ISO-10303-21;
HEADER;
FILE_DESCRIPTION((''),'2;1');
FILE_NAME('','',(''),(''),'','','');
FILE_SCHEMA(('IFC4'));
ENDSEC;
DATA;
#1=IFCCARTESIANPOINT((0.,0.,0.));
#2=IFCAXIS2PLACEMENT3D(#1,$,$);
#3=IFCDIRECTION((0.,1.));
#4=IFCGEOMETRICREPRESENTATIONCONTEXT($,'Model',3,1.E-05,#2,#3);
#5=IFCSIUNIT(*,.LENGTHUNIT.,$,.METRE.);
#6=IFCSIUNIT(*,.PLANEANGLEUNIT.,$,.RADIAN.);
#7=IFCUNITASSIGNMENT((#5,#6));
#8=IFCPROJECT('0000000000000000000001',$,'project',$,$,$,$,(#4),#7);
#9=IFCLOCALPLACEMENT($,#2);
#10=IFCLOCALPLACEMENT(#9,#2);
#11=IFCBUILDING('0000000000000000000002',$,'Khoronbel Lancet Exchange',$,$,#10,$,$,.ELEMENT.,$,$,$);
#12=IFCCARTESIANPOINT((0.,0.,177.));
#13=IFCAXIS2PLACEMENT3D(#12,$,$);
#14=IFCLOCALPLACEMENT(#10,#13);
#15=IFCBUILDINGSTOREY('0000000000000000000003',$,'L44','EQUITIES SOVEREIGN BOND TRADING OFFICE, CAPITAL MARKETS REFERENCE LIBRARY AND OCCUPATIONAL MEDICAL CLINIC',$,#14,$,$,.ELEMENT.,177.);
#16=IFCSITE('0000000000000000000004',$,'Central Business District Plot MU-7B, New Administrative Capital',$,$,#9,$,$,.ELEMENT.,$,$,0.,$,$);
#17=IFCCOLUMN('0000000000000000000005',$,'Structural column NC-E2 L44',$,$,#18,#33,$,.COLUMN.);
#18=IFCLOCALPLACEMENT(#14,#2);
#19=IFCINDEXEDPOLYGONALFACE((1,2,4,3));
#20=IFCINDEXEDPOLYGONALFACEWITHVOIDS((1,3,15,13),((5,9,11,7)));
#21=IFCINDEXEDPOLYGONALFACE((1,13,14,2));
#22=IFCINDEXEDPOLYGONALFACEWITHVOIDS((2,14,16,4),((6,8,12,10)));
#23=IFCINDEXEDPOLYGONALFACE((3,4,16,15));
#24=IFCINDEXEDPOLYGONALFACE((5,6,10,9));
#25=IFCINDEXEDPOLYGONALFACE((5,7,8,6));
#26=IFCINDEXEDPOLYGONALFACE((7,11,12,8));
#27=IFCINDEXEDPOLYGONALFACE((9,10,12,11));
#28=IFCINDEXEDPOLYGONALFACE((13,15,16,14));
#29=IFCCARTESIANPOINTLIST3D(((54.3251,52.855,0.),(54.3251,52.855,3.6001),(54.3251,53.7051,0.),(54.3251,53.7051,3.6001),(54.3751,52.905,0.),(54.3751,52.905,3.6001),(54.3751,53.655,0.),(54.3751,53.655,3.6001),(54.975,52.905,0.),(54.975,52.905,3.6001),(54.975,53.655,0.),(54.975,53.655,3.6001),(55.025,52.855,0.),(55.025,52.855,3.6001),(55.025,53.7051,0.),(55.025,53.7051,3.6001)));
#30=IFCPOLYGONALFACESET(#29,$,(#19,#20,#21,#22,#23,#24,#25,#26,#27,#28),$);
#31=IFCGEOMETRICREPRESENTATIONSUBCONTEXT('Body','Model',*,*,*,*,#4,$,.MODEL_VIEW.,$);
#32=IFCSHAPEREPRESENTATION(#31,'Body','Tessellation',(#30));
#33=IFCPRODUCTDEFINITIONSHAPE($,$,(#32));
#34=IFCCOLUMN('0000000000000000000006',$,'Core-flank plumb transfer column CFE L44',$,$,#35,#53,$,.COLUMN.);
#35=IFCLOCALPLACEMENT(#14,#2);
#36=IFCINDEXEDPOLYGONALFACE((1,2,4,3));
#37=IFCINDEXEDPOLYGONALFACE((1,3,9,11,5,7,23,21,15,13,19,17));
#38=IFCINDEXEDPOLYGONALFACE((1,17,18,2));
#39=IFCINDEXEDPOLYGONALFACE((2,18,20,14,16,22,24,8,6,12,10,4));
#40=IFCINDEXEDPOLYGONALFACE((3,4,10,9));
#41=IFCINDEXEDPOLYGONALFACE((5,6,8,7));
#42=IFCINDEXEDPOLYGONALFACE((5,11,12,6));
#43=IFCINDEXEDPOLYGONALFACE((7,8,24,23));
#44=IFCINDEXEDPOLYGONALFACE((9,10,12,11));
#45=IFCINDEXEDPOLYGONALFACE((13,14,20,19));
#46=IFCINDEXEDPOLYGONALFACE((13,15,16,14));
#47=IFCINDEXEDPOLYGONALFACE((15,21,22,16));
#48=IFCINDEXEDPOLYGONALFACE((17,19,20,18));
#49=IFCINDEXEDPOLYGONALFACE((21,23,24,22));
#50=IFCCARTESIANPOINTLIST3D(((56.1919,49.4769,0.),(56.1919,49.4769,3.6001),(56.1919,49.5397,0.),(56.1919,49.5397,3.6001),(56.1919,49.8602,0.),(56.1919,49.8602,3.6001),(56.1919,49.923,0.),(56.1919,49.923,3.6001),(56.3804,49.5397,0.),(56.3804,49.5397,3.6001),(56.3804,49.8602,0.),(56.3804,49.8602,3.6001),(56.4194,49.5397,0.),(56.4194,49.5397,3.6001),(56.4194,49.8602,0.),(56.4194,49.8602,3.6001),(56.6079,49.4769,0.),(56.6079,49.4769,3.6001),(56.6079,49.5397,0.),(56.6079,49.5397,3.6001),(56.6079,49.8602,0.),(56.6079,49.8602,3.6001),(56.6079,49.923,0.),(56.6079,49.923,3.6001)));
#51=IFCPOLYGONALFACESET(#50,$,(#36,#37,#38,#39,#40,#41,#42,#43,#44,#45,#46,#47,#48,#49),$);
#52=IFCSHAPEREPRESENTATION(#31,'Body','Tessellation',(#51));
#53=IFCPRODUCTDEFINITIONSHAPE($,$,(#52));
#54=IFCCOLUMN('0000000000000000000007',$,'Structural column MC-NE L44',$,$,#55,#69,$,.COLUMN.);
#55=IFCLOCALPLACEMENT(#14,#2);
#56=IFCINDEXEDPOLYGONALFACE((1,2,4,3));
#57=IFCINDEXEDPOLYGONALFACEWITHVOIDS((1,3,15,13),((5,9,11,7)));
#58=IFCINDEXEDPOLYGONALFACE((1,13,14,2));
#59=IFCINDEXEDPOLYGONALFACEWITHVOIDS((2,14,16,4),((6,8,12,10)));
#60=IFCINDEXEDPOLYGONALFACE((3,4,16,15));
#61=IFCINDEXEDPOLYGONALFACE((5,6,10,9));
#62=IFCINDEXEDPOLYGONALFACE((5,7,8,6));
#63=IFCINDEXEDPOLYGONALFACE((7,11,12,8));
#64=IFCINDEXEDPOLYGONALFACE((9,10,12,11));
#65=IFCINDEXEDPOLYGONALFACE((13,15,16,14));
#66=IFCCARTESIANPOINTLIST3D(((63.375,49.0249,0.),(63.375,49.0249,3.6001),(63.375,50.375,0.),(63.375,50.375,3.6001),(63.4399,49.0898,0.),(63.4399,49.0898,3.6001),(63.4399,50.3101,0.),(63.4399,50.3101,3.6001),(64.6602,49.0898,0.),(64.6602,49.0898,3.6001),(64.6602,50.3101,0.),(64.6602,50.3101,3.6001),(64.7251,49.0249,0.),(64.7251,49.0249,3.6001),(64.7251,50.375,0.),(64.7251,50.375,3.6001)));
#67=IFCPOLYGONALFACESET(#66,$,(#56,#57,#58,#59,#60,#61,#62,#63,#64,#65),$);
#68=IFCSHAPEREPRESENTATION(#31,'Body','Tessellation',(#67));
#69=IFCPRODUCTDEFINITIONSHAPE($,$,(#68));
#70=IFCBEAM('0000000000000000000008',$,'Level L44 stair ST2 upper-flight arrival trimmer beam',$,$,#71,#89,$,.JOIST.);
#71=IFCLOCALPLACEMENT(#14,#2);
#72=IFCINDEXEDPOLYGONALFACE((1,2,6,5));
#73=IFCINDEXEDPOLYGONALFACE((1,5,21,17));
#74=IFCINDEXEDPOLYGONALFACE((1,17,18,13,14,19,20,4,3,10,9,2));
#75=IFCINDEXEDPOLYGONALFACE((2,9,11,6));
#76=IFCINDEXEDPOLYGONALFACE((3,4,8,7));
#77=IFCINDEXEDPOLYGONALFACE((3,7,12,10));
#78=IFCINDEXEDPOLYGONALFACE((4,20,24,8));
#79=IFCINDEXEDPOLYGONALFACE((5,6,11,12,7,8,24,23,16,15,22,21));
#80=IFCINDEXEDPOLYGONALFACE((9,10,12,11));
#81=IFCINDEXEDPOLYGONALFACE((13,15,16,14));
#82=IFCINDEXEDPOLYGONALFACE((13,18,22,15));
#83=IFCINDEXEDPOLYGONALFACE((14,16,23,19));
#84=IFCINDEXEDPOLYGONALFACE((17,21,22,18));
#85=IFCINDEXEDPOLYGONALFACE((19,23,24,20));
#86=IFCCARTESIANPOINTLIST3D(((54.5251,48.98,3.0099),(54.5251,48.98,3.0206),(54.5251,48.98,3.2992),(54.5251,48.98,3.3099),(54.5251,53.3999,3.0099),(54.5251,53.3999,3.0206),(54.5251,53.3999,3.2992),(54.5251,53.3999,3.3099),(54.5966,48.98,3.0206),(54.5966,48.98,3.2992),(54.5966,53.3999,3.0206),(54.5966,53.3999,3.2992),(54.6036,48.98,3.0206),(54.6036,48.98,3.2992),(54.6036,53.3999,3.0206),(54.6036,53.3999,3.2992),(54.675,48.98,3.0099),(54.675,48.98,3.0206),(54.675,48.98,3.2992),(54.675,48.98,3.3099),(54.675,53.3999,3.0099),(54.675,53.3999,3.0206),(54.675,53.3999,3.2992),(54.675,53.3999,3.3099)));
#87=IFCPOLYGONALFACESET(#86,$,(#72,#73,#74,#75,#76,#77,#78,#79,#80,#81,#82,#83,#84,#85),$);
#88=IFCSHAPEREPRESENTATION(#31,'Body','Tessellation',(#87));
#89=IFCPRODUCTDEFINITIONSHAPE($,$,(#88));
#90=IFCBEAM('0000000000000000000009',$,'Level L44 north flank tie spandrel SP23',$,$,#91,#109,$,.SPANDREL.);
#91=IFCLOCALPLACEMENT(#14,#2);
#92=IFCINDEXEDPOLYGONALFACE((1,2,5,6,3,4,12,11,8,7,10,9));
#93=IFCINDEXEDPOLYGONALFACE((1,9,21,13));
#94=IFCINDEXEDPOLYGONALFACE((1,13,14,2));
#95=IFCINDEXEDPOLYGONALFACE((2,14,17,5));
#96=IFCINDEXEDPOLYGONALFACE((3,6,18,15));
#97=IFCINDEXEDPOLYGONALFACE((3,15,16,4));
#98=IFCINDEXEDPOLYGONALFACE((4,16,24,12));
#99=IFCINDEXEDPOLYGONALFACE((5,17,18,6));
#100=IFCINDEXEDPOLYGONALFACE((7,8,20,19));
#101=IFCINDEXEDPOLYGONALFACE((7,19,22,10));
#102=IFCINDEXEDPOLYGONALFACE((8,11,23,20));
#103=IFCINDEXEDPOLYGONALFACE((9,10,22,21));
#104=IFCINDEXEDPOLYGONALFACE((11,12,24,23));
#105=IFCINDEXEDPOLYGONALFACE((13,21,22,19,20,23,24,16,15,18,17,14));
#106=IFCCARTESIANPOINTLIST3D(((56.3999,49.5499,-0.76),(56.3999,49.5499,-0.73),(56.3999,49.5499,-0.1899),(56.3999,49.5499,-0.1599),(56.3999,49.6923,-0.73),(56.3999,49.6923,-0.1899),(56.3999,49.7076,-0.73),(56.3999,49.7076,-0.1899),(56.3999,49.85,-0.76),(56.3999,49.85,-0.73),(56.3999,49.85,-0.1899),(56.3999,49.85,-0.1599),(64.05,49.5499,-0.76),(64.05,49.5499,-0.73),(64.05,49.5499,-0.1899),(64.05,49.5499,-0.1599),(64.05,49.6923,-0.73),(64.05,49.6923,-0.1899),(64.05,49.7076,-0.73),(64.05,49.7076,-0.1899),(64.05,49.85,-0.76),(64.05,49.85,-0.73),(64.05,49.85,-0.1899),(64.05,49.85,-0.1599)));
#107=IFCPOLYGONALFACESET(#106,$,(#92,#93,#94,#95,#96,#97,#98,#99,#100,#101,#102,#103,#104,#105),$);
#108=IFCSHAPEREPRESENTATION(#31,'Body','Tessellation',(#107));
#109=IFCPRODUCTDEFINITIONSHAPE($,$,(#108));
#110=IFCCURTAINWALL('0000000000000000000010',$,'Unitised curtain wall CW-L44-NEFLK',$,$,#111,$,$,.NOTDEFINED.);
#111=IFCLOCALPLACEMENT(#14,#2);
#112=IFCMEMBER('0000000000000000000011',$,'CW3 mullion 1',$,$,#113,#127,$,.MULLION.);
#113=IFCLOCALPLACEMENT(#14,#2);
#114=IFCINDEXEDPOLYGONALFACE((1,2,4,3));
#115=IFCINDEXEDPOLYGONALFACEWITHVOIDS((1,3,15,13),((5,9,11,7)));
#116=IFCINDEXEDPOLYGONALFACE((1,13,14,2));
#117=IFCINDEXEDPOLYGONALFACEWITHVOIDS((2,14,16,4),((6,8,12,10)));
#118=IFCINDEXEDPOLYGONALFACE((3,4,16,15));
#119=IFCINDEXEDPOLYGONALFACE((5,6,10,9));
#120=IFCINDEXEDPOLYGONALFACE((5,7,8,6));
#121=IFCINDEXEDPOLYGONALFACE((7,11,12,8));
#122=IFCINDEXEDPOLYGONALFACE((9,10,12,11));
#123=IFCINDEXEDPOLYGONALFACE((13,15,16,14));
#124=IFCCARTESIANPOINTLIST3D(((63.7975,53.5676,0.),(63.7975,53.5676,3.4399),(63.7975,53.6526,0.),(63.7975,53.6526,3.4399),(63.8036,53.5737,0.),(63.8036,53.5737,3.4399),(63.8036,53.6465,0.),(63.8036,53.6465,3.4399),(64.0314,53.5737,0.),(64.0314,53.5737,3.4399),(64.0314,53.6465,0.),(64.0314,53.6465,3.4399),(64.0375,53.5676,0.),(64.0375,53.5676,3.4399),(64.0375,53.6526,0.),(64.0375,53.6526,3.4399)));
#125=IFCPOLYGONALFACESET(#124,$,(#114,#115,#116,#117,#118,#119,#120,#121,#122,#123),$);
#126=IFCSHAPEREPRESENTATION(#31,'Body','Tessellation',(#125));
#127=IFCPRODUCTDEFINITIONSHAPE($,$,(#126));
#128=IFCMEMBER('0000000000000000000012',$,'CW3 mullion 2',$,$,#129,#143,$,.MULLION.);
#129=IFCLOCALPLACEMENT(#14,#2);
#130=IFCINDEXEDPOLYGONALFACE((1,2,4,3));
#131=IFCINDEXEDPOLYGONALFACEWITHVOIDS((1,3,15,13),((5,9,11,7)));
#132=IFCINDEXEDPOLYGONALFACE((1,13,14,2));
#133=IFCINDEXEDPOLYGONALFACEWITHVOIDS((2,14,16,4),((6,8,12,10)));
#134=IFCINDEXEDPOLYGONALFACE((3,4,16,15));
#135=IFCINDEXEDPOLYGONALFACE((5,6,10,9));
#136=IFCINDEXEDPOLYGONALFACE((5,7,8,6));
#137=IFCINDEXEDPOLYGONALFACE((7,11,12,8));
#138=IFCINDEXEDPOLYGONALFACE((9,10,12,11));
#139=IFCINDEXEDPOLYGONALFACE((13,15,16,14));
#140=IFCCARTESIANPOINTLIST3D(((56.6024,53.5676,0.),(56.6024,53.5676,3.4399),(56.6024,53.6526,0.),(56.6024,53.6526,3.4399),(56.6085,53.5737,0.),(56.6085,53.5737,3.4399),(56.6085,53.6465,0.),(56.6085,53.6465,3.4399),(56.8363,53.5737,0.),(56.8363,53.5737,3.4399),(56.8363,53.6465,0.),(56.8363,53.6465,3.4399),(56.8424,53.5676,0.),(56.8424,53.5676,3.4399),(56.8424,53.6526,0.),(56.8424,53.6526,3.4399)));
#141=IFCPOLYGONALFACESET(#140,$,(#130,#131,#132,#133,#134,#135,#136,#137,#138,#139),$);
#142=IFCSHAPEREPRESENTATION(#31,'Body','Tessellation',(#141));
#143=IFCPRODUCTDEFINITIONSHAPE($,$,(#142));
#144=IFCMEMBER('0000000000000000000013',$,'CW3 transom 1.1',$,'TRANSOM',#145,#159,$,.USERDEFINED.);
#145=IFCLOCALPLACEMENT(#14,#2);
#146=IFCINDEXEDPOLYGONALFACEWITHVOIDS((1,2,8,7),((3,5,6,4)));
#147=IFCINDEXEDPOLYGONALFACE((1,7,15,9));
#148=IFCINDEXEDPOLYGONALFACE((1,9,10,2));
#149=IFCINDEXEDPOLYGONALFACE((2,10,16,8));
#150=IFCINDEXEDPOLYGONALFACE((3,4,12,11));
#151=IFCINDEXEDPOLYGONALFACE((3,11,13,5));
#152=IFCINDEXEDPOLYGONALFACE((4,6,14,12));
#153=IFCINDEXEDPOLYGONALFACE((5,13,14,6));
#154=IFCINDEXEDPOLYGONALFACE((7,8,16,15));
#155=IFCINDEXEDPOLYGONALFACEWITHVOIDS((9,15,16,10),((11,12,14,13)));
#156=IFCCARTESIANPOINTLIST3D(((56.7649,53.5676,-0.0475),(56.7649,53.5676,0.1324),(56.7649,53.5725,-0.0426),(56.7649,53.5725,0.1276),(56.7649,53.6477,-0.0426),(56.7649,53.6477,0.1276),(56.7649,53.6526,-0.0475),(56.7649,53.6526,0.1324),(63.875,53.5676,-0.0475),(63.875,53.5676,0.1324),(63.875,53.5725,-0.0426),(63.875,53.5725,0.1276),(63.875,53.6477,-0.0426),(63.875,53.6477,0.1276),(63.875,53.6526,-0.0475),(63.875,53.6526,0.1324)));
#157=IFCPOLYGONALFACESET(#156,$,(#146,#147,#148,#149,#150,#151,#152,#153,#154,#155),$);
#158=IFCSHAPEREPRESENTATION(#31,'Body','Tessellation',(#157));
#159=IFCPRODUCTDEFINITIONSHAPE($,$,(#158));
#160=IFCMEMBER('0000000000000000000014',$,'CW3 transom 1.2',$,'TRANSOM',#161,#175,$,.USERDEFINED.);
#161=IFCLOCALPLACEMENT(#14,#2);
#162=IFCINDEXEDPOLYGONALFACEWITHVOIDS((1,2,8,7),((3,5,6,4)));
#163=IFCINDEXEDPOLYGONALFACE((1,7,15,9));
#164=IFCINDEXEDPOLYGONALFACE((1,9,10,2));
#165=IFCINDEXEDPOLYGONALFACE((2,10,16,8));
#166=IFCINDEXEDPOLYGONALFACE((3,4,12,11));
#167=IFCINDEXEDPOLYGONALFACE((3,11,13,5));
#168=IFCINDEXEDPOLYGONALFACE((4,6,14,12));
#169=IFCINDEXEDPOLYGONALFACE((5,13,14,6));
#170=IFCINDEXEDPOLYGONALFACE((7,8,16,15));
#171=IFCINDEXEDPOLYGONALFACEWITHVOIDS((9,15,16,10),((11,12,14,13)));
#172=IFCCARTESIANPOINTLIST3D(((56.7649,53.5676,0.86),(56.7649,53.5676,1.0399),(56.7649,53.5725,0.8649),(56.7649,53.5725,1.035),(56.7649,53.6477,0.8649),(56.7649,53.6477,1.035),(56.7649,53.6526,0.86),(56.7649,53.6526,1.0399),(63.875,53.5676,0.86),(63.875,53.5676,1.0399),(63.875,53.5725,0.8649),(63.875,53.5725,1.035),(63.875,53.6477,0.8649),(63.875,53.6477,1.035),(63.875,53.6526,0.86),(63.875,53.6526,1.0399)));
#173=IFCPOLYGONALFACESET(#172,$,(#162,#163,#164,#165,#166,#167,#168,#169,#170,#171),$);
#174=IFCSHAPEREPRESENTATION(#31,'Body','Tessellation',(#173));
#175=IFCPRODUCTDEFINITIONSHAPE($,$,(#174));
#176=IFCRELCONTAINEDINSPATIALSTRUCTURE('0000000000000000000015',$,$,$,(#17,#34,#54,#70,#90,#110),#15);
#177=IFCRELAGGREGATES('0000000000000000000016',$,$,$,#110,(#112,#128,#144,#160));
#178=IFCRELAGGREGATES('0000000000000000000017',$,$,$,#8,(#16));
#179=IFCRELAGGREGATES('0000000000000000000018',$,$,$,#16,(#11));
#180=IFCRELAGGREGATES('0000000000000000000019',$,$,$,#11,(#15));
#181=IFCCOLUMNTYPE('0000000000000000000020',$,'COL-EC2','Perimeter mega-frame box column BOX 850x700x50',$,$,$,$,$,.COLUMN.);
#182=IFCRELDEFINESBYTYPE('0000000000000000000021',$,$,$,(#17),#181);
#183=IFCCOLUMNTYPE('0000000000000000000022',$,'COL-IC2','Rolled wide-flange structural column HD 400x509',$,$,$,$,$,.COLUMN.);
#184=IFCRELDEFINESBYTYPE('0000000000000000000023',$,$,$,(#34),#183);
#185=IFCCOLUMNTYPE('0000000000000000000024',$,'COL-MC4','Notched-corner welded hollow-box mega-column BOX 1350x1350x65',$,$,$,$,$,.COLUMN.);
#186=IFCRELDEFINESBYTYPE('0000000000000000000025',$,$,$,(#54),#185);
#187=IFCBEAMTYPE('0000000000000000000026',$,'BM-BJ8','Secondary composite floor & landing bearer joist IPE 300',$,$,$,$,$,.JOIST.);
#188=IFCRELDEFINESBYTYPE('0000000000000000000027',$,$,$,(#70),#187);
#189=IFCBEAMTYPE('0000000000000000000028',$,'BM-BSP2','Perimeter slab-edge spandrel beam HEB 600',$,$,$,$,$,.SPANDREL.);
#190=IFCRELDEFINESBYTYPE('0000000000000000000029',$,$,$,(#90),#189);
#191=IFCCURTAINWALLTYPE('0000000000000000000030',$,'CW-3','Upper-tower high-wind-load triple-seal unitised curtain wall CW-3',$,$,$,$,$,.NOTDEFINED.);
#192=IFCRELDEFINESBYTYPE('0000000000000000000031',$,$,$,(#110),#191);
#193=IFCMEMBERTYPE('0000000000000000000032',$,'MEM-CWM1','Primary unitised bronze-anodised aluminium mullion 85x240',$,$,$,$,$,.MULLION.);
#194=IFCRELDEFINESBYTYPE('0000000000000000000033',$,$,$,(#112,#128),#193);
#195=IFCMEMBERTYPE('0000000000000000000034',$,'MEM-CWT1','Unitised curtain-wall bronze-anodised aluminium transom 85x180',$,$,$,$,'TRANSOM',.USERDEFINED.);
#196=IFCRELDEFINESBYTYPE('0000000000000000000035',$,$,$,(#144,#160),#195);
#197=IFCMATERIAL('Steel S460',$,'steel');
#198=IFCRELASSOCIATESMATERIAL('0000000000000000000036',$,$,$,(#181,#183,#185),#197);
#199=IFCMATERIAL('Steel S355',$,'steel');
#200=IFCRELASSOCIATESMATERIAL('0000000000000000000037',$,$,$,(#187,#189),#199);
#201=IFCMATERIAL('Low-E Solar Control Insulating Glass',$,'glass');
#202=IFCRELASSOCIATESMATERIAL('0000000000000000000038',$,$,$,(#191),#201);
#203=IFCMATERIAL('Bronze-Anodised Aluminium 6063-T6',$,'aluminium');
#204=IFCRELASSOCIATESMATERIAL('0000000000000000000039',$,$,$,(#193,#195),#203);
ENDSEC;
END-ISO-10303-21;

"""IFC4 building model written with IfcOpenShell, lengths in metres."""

from ifc_helpers import new_model, si_unit, direction, frame, origin, origin_2d, place, context, subcontext, project, spatial, hollow_rectangle, i_section, extrude, material, material_profile, profile_set, type_object, element, aggregate, save


model = new_model("IFC4")

# Units and contexts
model_context = context("Model", 3, precision=1e-05, world=origin(), true_north=direction((0.0, 1.0)))
body_context = subcontext(model_context, "Body", "Model", "MODEL_VIEW")
ifc_project = project(units=[si_unit("LENGTHUNIT", "METRE"), si_unit("PLANEANGLEUNIT", "RADIAN")], contexts=[model_context])

# Site, building, storey
site_placement = place(None, origin())
site = spatial("IfcSite", under=ifc_project, at=site_placement, Name="Central Business District Plot MU-7B, New Administrative Capital", CompositionType="ELEMENT", RefElevation=0.0)
building_placement = place(site_placement, origin())
building = spatial("IfcBuilding", under=site, at=building_placement, Name="Khoronbel Lancet Exchange", CompositionType="ELEMENT")
storey_placement = place(building_placement, frame((0.0, 0.0, 177.0)))
storey = spatial("IfcBuildingStorey", under=building, at=storey_placement, Name="L44", Description="EQUITIES SOVEREIGN BOND TRADING OFFICE, CAPITAL MARKETS REFERENCE LIBRARY AND OCCUPATIONAL MEDICAL CLINIC", CompositionType="ELEMENT", Elevation=177.0)

# Columns
ifc_material_1 = material(Name="Steel S460", Category="steel")
ifc_material_profile_1 = material_profile(ifc_material_1, hollow_rectangle(XDim=0.7, YDim=0.8501, WallThickness=0.05, at=origin_2d()), Name="BOX 850x700x50")
ifc_profile_set_1 = profile_set([ifc_material_profile_1], Name="Steel S460")
column_type_1 = type_object("IfcColumnType", Name="COL-EC2", Description="Perimeter mega-frame box column BOX 850x700x50", PredefinedType="COLUMN", material=ifc_profile_set_1)
column_1_placement = place(storey_placement, frame((54.675, 53.28, 0.0), z_axis=(0.0, 0.0, 1.0), x_axis=(1.0, 0.0, 0.0)))
element("IfcColumn", 1, at=column_1_placement, inside=storey, type_object=column_type_1, Name="Structural column NC-E2 L44", PredefinedType="COLUMN", context=body_context, shape_type="SweptSolid", body=[
    extrude(hollow_rectangle(XDim=0.7, YDim=0.8501, WallThickness=0.05, at=origin_2d()), origin(), (0.0, 0.0, 1.0), 3.6001),
])
ifc_material_profile_2 = material_profile(ifc_material_1, i_section(OverallWidth=0.416, OverallDepth=0.446, WebThickness=0.0391, FlangeThickness=0.0627, at=origin_2d()), Name="HD 400x509")
ifc_profile_set_2 = profile_set([ifc_material_profile_2], Name="Steel S460")
column_type_2 = type_object("IfcColumnType", Name="COL-IC2", Description="Rolled wide-flange structural column HD 400x509", PredefinedType="COLUMN", material=ifc_profile_set_2)
column_2_placement = place(storey_placement, frame((56.3999, 49.7, 0.0), z_axis=(0.0, 0.0, 1.0), x_axis=(1.0, 0.0, 0.0)))
element("IfcColumn", 2, at=column_2_placement, inside=storey, type_object=column_type_2, Name="Core-flank plumb transfer column CFE L44", PredefinedType="COLUMN", context=body_context, shape_type="SweptSolid", body=[
    extrude(i_section(OverallWidth=0.416, OverallDepth=0.446, WebThickness=0.0391, FlangeThickness=0.0627, at=origin_2d()), origin(), (0.0, 0.0, 1.0), 3.6001),
])
ifc_material_profile_3 = material_profile(ifc_material_1, hollow_rectangle(XDim=1.3501, YDim=1.3501, WallThickness=0.0649, at=origin_2d()), Name="BOX 1350x1350x65")
ifc_profile_set_3 = profile_set([ifc_material_profile_3], Name="Steel S460")
column_type_3 = type_object("IfcColumnType", Name="COL-MC4", Description="Notched-corner welded hollow-box mega-column BOX 1350x1350x65", PredefinedType="COLUMN", material=ifc_profile_set_3)
column_3_placement = place(storey_placement, frame((64.05, 49.7, 0.0), z_axis=(0.0, 0.0, 1.0), x_axis=(1.0, 0.0, 0.0)))
element("IfcColumn", 3, at=column_3_placement, inside=storey, type_object=column_type_3, Name="Structural column MC-NE L44", PredefinedType="COLUMN", context=body_context, shape_type="SweptSolid", body=[
    extrude(hollow_rectangle(XDim=1.3501, YDim=1.3501, WallThickness=0.0649, at=origin_2d()), origin(), (0.0, 0.0, 1.0), 3.6001),
])

# Beams
ifc_material_2 = material(Name="Steel S355", Category="steel")
ifc_material_profile_4 = material_profile(ifc_material_2, i_section(OverallWidth=0.1499, OverallDepth=0.3, WebThickness=0.0071, FlangeThickness=0.0107, at=origin_2d()), Name="IPE 300")
ifc_profile_set_4 = profile_set([ifc_material_profile_4], Name="Steel S355")
beam_type_1 = type_object("IfcBeamType", Name="BM-BJ8", Description="Secondary composite floor & landing bearer joist IPE 300", PredefinedType="JOIST", material=ifc_profile_set_4)
beam_1_placement = place(storey_placement, frame((54.6001, 48.98, 3.1599), z_axis=(0.0, 1.0, 0.0), x_axis=(-1.0, 0.0, 0.0)))
element("IfcBeam", 4, at=beam_1_placement, inside=storey, type_object=beam_type_1, Name="Level L44 stair ST2 upper-flight arrival trimmer beam", PredefinedType="JOIST", context=body_context, shape_type="SweptSolid", body=[
    extrude(i_section(OverallWidth=0.1499, OverallDepth=0.3, WebThickness=0.0071, FlangeThickness=0.0107, at=origin_2d()), origin(), (0.0, 0.0, 1.0), 4.4199),
])
ifc_material_profile_5 = material_profile(ifc_material_2, i_section(OverallWidth=0.3, OverallDepth=0.6001, WebThickness=0.0154, FlangeThickness=0.03, at=origin_2d()), Name="HEB 600")
ifc_profile_set_5 = profile_set([ifc_material_profile_5], Name="Steel S355")
beam_type_2 = type_object("IfcBeamType", Name="BM-BSP2", Description="Perimeter slab-edge spandrel beam HEB 600", PredefinedType="SPANDREL", material=ifc_profile_set_5)
beam_2_placement = place(storey_placement, frame((64.05, 49.7, -0.46), z_axis=(-1.0, 0.0, 0.0), x_axis=(0.0, -1.0, 0.0)))
element("IfcBeam", 5, at=beam_2_placement, inside=storey, type_object=beam_type_2, Name="Level L44 north flank tie spandrel SP23", PredefinedType="SPANDREL", context=body_context, shape_type="SweptSolid", body=[
    extrude(i_section(OverallWidth=0.3, OverallDepth=0.6001, WebThickness=0.0154, FlangeThickness=0.03, at=origin_2d()), origin(), (0.0, 0.0, 1.0), 7.6501),
])

# Curtain wall, members
ifc_material_3 = material(Name="Low-E Solar Control Insulating Glass", Category="glass")
curtain_wall_type = type_object("IfcCurtainWallType", Name="CW-3", Description="Upper-tower high-wind-load triple-seal unitised curtain wall CW-3", PredefinedType="NOTDEFINED", material=ifc_material_3)
curtain_wall_placement = place(storey_placement, origin())
curtain_wall = element("IfcCurtainWall", 6, at=curtain_wall_placement, inside=storey, type_object=curtain_wall_type, Name="Unitised curtain wall CW-L44-NEFLK", PredefinedType="NOTDEFINED")
ifc_material_4 = material(Name="Bronze-Anodised Aluminium 6063-T6", Category="aluminium")
ifc_material_profile_6 = material_profile(ifc_material_4, hollow_rectangle(XDim=0.085, YDim=0.24, WallThickness=0.0061, at=origin_2d()), Name="ALU MULLION 85x240")
ifc_profile_set_6 = profile_set([ifc_material_profile_6], Name="Bronze-Anodised Aluminium 6063-T6")
member_type_1 = type_object("IfcMemberType", Name="MEM-CWM1", Description="Primary unitised bronze-anodised aluminium mullion 85x240", PredefinedType="MULLION", material=ifc_profile_set_6)
member_1_placement = place(storey_placement, frame((63.9175, 53.6101, 0.0), z_axis=(0.0, 0.0, 1.0), x_axis=(0.0, -1.0, 0.0)))
member_1 = element("IfcMember", 7, at=member_1_placement, type_object=member_type_1, Name="CW3 mullion 1", PredefinedType="MULLION", context=body_context, shape_type="SweptSolid", body=[
    extrude(hollow_rectangle(XDim=0.085, YDim=0.24, WallThickness=0.0061, at=origin_2d()), origin(), (0.0, 0.0, 1.0), 3.4399),
])
member_2_placement = place(storey_placement, frame((56.7224, 53.6101, 0.0), z_axis=(0.0, 0.0, 1.0), x_axis=(0.0, -1.0, 0.0)))
member_2 = element("IfcMember", 8, at=member_2_placement, type_object=member_type_1, Name="CW3 mullion 2", PredefinedType="MULLION", context=body_context, shape_type="SweptSolid", body=[
    extrude(hollow_rectangle(XDim=0.085, YDim=0.24, WallThickness=0.0061, at=origin_2d()), origin(), (0.0, 0.0, 1.0), 3.4399),
])
ifc_material_profile_7 = material_profile(ifc_material_4, hollow_rectangle(XDim=0.085, YDim=0.1799, WallThickness=0.0049, at=origin_2d()), Name="ALU TRANSOM 85x180")
ifc_profile_set_7 = profile_set([ifc_material_profile_7], Name="Bronze-Anodised Aluminium 6063-T6")
member_type_2 = type_object("IfcMemberType", Name="MEM-CWT1", Description="Unitised curtain-wall bronze-anodised aluminium transom 85x180", ElementType="TRANSOM", PredefinedType="USERDEFINED", material=ifc_profile_set_7)
member_3_placement = place(storey_placement, frame((63.875, 53.6101, 0.0425), z_axis=(-1.0, 0.0, 0.0), x_axis=(0.0, -1.0, 0.0)))
member_3 = element("IfcMember", 9, at=member_3_placement, type_object=member_type_2, Name="CW3 transom 1.1", ObjectType="TRANSOM", PredefinedType="USERDEFINED", context=body_context, shape_type="SweptSolid", body=[
    extrude(hollow_rectangle(XDim=0.085, YDim=0.1799, WallThickness=0.0049, at=origin_2d()), origin(), (0.0, 0.0, 1.0), 7.1101),
])
member_4_placement = place(storey_placement, frame((63.875, 53.6101, 0.95), z_axis=(-1.0, 0.0, 0.0), x_axis=(0.0, -1.0, 0.0)))
member_4 = element("IfcMember", 10, at=member_4_placement, type_object=member_type_2, Name="CW3 transom 1.2", ObjectType="TRANSOM", PredefinedType="USERDEFINED", context=body_context, shape_type="SweptSolid", body=[
    extrude(hollow_rectangle(XDim=0.085, YDim=0.1799, WallThickness=0.0049, at=origin_2d()), origin(), (0.0, 0.0, 1.0), 7.1101),
])
aggregate(curtain_wall, [member_1, member_2, member_3, member_4])

save(model, "model.ifc")
